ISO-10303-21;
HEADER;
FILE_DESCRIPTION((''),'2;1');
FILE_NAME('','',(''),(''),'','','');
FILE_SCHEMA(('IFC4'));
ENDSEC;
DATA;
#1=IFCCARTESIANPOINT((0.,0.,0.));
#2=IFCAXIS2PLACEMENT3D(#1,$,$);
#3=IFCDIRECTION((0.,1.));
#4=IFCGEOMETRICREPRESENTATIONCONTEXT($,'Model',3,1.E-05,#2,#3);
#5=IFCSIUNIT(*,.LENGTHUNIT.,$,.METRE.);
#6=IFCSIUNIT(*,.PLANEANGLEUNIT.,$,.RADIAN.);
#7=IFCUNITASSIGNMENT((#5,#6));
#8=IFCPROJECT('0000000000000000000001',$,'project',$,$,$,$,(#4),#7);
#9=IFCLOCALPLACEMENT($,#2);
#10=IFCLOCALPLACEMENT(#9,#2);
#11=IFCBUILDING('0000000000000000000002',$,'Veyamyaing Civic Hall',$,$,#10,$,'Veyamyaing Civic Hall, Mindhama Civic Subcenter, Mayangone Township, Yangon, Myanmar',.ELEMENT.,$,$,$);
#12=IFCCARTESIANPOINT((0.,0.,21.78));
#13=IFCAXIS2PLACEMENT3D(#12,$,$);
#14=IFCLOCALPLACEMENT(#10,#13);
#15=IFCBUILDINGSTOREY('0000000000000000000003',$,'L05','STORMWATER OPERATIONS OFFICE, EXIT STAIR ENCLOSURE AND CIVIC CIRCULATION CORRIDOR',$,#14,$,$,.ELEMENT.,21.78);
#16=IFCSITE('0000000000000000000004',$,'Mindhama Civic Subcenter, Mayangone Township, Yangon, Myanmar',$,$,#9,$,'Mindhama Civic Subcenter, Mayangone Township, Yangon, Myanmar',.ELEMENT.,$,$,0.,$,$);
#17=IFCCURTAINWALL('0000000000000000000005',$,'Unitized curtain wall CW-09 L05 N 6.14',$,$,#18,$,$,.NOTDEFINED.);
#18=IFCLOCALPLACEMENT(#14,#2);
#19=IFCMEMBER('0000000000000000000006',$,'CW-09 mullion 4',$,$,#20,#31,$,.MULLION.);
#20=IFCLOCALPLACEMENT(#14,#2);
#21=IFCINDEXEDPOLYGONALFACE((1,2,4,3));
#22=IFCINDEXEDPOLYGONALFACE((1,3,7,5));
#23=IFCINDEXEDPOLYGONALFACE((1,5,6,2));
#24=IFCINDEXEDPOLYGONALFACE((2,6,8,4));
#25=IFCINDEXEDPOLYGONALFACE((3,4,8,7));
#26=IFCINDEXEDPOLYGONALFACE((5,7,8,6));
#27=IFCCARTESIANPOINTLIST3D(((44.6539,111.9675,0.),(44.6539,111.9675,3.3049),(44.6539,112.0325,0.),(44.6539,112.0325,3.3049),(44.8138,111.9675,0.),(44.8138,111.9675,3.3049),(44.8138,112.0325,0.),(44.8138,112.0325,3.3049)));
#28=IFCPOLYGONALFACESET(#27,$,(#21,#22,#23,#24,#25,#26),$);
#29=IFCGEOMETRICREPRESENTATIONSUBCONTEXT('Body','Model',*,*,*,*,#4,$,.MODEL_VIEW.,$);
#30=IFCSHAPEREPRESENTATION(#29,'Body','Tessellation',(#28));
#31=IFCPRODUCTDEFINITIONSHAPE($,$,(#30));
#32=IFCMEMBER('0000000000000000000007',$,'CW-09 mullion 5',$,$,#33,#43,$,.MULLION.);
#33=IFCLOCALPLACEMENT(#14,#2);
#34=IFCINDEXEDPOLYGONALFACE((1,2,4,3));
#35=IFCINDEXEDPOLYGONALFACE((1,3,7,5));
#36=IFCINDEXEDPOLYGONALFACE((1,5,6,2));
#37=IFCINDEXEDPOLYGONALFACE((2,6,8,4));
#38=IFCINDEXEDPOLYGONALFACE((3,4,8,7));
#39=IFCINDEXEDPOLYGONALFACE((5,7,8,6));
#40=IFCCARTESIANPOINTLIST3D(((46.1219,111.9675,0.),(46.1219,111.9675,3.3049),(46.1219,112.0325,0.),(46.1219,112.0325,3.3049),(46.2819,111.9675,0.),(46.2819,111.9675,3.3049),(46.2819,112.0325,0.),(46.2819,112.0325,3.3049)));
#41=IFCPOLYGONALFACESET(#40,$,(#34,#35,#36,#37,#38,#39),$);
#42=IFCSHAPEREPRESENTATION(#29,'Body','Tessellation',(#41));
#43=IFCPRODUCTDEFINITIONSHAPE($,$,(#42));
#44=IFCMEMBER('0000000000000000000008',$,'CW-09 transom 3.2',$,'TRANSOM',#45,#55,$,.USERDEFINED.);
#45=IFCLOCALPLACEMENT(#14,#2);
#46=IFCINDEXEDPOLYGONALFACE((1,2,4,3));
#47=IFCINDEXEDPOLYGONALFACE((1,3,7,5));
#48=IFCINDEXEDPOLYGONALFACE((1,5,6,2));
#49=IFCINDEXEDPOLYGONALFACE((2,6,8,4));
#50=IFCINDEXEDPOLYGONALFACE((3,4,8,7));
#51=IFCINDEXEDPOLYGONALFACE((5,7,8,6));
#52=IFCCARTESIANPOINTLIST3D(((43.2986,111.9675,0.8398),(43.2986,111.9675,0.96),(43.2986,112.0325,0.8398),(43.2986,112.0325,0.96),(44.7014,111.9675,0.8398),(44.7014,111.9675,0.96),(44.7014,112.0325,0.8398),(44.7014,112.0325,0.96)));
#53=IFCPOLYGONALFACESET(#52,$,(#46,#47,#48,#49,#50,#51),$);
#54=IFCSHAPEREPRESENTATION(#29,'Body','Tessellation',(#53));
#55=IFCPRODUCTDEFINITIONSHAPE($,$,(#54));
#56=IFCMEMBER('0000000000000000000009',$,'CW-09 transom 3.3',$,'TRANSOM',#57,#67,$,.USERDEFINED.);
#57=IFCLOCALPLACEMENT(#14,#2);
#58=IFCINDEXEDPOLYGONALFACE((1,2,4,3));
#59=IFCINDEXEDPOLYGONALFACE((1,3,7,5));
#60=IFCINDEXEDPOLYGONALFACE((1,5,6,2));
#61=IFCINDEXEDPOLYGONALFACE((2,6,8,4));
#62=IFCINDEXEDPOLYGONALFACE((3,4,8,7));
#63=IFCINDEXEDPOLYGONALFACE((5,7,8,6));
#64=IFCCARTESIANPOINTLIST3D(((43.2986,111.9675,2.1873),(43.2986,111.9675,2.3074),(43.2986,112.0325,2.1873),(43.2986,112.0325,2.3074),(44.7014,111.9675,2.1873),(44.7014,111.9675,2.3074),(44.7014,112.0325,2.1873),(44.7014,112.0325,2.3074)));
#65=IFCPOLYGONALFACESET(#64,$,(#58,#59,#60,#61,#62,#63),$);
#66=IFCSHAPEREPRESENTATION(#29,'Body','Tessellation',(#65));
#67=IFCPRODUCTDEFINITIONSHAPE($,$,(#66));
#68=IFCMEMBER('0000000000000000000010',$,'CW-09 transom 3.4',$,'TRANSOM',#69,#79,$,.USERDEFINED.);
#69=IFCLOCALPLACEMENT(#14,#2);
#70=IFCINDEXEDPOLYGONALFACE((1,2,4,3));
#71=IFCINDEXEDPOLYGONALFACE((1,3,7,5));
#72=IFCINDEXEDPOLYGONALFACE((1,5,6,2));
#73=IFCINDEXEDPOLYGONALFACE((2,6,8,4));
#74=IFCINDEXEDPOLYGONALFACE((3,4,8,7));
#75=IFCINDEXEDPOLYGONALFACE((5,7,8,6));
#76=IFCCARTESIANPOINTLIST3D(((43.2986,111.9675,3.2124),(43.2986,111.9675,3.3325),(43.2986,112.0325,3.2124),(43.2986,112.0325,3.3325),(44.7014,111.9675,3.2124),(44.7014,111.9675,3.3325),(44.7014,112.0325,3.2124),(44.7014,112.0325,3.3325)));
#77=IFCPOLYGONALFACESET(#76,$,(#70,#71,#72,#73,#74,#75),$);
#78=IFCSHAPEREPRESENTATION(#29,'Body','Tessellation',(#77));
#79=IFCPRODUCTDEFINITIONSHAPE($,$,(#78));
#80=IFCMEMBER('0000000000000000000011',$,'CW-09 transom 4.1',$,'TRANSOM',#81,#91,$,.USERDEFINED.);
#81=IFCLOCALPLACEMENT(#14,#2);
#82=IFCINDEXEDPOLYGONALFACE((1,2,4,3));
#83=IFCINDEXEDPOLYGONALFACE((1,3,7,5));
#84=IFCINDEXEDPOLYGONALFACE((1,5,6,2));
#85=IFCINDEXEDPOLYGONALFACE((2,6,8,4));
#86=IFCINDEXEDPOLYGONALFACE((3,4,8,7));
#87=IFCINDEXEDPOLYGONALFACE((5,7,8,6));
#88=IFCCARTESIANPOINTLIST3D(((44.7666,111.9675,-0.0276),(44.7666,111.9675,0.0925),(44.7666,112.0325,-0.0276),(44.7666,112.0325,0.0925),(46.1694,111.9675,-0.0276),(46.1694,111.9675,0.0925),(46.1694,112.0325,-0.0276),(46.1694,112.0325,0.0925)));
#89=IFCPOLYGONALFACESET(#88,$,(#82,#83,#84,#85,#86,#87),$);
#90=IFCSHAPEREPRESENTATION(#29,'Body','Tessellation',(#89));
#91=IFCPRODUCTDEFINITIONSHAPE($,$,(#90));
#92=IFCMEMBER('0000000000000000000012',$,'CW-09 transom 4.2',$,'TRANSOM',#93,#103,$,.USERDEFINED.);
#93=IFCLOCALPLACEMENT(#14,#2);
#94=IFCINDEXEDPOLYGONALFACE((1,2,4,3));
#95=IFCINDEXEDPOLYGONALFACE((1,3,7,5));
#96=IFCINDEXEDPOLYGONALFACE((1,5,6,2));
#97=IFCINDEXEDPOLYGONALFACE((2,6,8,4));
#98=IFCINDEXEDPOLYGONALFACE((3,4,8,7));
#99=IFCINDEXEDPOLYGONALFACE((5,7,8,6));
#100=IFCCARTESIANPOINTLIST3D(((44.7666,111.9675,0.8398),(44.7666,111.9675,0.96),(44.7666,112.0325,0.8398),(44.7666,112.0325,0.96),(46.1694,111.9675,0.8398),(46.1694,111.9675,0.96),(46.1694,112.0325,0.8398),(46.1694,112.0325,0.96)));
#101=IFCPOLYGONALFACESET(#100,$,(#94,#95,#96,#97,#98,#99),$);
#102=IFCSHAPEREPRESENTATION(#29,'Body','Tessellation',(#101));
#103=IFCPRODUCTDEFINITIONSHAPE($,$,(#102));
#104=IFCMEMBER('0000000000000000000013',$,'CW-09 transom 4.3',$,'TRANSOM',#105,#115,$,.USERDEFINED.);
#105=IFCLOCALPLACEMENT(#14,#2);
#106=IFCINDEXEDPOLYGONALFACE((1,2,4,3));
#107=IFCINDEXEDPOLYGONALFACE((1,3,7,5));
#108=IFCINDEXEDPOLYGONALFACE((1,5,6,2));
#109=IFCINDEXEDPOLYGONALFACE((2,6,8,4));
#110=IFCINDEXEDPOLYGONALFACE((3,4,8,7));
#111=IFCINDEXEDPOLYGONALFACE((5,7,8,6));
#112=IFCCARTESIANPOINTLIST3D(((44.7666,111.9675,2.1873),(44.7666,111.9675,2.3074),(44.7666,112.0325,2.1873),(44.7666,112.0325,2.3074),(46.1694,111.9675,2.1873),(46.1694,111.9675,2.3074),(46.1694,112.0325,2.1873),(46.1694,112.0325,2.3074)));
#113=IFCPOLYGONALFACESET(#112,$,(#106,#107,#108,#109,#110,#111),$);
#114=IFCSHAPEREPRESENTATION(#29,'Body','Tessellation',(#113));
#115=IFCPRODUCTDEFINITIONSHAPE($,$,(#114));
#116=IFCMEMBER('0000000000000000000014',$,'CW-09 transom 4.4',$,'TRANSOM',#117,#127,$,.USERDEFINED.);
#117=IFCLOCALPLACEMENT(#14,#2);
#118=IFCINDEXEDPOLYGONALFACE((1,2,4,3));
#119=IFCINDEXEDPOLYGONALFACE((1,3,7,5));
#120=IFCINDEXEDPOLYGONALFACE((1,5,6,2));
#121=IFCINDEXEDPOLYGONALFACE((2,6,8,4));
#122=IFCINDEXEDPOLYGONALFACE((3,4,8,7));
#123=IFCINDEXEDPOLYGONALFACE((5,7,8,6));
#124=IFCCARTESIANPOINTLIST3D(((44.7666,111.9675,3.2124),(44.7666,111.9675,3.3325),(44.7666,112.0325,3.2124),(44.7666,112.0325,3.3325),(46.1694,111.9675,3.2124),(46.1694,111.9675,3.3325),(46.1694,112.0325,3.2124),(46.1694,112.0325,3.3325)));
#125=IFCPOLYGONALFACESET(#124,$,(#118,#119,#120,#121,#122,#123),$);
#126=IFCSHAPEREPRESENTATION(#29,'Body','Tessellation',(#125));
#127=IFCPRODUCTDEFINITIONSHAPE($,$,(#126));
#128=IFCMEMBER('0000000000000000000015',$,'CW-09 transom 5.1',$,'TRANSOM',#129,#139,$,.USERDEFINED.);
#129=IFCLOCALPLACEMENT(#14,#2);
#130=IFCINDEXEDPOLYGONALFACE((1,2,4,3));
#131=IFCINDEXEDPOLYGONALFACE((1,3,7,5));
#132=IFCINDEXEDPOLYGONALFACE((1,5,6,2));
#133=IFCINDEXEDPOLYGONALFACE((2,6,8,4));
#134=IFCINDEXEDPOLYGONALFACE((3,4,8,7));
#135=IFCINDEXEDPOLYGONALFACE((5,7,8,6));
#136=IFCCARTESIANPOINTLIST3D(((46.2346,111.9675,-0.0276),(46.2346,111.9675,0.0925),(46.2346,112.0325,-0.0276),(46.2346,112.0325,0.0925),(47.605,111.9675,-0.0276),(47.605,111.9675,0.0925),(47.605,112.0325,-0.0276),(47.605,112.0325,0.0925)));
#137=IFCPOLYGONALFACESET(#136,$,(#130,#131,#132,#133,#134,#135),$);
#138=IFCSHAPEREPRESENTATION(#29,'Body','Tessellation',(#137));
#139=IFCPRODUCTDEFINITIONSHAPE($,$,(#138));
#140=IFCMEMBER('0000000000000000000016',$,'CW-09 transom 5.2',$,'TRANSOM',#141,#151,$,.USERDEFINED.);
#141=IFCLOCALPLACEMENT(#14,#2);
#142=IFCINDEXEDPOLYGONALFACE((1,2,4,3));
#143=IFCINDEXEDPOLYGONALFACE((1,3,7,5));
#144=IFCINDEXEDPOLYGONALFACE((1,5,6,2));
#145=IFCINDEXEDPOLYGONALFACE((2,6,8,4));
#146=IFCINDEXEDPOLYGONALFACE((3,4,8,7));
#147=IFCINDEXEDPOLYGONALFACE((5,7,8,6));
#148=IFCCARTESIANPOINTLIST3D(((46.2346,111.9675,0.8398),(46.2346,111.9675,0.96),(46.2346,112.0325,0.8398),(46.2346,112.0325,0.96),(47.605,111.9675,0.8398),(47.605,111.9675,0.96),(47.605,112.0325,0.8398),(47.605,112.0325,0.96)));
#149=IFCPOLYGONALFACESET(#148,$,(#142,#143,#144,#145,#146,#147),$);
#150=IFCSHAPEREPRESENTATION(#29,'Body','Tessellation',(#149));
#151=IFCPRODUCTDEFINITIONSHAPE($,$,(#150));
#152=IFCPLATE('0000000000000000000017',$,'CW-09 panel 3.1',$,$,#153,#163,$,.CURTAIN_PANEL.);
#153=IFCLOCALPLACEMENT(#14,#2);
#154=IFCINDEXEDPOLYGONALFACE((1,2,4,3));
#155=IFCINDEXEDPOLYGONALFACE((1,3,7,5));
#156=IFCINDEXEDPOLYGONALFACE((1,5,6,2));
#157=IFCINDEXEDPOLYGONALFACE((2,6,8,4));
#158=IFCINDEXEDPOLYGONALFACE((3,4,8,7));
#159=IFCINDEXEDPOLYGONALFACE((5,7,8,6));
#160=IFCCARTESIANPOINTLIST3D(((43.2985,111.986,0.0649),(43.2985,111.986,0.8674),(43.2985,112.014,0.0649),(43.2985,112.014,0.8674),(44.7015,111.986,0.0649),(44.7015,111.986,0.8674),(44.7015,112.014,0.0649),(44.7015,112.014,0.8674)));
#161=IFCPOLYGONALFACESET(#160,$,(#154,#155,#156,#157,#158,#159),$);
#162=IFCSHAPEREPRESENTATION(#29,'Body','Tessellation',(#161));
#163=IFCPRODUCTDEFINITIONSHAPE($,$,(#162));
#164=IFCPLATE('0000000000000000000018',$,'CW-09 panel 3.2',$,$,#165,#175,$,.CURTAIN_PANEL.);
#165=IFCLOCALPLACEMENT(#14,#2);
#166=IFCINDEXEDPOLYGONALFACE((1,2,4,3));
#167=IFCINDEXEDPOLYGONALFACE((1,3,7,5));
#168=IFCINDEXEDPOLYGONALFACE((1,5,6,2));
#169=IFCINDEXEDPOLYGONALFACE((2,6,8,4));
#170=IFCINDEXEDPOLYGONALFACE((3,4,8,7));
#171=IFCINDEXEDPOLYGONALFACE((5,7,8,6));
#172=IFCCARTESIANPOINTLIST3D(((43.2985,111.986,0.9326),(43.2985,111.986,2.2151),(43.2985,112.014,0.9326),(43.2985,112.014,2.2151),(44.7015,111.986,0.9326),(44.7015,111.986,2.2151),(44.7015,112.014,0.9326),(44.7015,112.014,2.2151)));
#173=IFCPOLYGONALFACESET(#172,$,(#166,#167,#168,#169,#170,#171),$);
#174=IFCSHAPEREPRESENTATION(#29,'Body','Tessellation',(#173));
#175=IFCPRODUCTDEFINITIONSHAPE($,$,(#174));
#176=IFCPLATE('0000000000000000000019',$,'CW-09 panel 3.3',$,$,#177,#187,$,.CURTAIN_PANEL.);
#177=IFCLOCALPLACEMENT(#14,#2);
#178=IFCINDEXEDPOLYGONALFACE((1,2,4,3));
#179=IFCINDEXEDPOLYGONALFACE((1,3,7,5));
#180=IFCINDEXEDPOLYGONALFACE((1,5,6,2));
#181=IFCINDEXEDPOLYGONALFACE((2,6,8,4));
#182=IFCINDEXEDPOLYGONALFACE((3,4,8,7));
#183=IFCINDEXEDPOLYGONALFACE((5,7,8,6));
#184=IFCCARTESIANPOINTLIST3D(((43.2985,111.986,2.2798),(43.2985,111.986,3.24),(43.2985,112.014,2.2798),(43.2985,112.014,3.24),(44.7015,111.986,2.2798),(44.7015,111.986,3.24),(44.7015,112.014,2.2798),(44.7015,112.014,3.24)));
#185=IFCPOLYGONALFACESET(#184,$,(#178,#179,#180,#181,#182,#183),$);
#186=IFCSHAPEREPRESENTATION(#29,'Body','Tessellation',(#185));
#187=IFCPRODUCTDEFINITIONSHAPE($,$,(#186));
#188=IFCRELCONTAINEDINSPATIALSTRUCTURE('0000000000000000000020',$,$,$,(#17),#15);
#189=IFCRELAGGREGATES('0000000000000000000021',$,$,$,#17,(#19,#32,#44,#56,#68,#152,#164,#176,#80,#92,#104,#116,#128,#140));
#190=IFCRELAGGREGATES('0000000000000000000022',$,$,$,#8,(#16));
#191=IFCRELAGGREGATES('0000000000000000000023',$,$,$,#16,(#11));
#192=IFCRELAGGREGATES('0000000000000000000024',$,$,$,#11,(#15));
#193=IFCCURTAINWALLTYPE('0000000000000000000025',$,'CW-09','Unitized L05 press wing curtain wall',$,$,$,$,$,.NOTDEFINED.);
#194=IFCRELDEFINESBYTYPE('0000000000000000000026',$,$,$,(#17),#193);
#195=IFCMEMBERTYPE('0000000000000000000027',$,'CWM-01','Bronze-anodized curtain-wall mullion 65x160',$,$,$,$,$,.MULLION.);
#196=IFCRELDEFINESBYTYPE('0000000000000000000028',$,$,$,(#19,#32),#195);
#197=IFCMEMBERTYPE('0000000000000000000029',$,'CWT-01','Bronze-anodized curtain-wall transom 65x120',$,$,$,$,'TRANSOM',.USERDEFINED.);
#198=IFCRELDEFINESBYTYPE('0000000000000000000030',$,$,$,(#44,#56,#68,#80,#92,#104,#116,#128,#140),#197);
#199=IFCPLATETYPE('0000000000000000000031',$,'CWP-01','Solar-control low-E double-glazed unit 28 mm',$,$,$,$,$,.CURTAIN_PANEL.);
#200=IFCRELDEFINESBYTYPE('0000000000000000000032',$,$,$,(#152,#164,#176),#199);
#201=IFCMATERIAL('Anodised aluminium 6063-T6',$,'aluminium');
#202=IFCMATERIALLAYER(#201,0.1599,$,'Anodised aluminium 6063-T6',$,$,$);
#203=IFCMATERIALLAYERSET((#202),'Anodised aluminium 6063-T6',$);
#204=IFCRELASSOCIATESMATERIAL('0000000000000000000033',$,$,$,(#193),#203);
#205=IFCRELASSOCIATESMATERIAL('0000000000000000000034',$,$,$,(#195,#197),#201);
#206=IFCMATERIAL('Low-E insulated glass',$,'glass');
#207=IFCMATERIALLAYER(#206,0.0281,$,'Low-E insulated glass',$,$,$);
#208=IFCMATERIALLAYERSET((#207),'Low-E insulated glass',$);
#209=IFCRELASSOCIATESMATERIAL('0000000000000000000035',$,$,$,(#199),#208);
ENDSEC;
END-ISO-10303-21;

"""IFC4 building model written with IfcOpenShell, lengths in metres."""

from ifc_helpers import new_model, si_unit, direction, frame, origin, origin_2d, place, context, subcontext, project, spatial, rectangle, extrude, material, layer, layer_set, material_profile, profile_set, type_object, element, aggregate, save


model = new_model("IFC4")

# Units and contexts
model_context = context("Model", 3, precision=1e-05, world=origin(), true_north=direction((0.0, 1.0)))
body_context = subcontext(model_context, "Body", "Model", "MODEL_VIEW")
ifc_project = project(units=[si_unit("LENGTHUNIT", "METRE"), si_unit("PLANEANGLEUNIT", "RADIAN")], contexts=[model_context])

# Site, building, storey
site_placement = place(None, origin())
site = spatial("IfcSite", under=ifc_project, at=site_placement, Name="Mindhama Civic Subcenter, Mayangone Township, Yangon, Myanmar", LongName="Mindhama Civic Subcenter, Mayangone Township, Yangon, Myanmar", CompositionType="ELEMENT", RefElevation=0.0)
building_placement = place(site_placement, origin())
building = spatial("IfcBuilding", under=site, at=building_placement, Name="Veyamyaing Civic Hall", LongName="Veyamyaing Civic Hall, Mindhama Civic Subcenter, Mayangone Township, Yangon, Myanmar", CompositionType="ELEMENT")
storey_placement = place(building_placement, frame((0.0, 0.0, 21.78)))
storey = spatial("IfcBuildingStorey", under=building, at=storey_placement, Name="L05", Description="STORMWATER OPERATIONS OFFICE, EXIT STAIR ENCLOSURE AND CIVIC CIRCULATION CORRIDOR", CompositionType="ELEMENT", Elevation=21.78)

# Curtain wall, members, plates
ifc_material_1 = material(Name="Anodised aluminium 6063-T6", Category="aluminium")
ifc_layer_1 = layer(ifc_material_1, 0.1599, Name="Anodised aluminium 6063-T6")
ifc_layer_set_1 = layer_set([ifc_layer_1], Name="Anodised aluminium 6063-T6")
curtain_wall_type = type_object("IfcCurtainWallType", Name="CW-09", Description="Unitized L05 press wing curtain wall", PredefinedType="NOTDEFINED", material=ifc_layer_set_1)
curtain_wall_placement = place(storey_placement, origin())
curtain_wall = element("IfcCurtainWall", 1, at=curtain_wall_placement, inside=storey, type_object=curtain_wall_type, Name="Unitized curtain wall CW-09 L05 N 6.14", PredefinedType="NOTDEFINED")
ifc_material_profile_1 = material_profile(ifc_material_1, rectangle(XDim=0.0649, YDim=0.1599, at=origin_2d()), Name="ALU-MUL-65X160")
ifc_profile_set_1 = profile_set([ifc_material_profile_1], Name="Anodised aluminium 6063-T6")
member_type_1 = type_object("IfcMemberType", Name="CWM-01", Description="Bronze-anodized curtain-wall mullion 65x160", PredefinedType="MULLION", material=ifc_profile_set_1)
member_1_placement = place(storey_placement, frame((44.7339, 112.0, 0.0), z_axis=(0.0, 0.0, 1.0), x_axis=(0.0, 1.0, 0.0)))
member_1 = element("IfcMember", 2, at=member_1_placement, type_object=member_type_1, Name="CW-09 mullion 4", PredefinedType="MULLION", context=body_context, shape_type="SweptSolid", body=[
    extrude(rectangle(XDim=0.0649, YDim=0.1599, at=origin_2d()), origin(), (0.0, 0.0, 1.0), 3.3049),
])
member_2_placement = place(storey_placement, frame((46.2019, 112.0, 0.0), z_axis=(0.0, 0.0, 1.0), x_axis=(0.0, 1.0, 0.0)))
member_2 = element("IfcMember", 3, at=member_2_placement, type_object=member_type_1, Name="CW-09 mullion 5", PredefinedType="MULLION", context=body_context, shape_type="SweptSolid", body=[
    extrude(rectangle(XDim=0.0649, YDim=0.1599, at=origin_2d()), origin(), (0.0, 0.0, 1.0), 3.3049),
])
ifc_material_profile_2 = material_profile(ifc_material_1, rectangle(XDim=0.0649, YDim=0.1201, at=origin_2d()), Name="ALU-TRN-65X120")
ifc_profile_set_2 = profile_set([ifc_material_profile_2], Name="Anodised aluminium 6063-T6")
member_type_2 = type_object("IfcMemberType", Name="CWT-01", Description="Bronze-anodized curtain-wall transom 65x120", ElementType="TRANSOM", PredefinedType="USERDEFINED", material=ifc_profile_set_2)
member_3_placement = place(storey_placement, frame((43.2986, 112.0, 0.8999), z_axis=(1.0, 0.0, 0.0), x_axis=(0.0, 1.0, 0.0)))
member_3 = element("IfcMember", 4, at=member_3_placement, type_object=member_type_2, Name="CW-09 transom 3.2", ObjectType="TRANSOM", PredefinedType="USERDEFINED", context=body_context, shape_type="SweptSolid", body=[
    extrude(rectangle(XDim=0.0649, YDim=0.1201, at=origin_2d()), origin(), (0.0, 0.0, 1.0), 1.4028),
])
member_4_placement = place(storey_placement, frame((43.2986, 112.0, 2.2473), z_axis=(1.0, 0.0, 0.0), x_axis=(0.0, 1.0, 0.0)))
member_4 = element("IfcMember", 5, at=member_4_placement, type_object=member_type_2, Name="CW-09 transom 3.3", ObjectType="TRANSOM", PredefinedType="USERDEFINED", context=body_context, shape_type="SweptSolid", body=[
    extrude(rectangle(XDim=0.0649, YDim=0.1201, at=origin_2d()), origin(), (0.0, 0.0, 1.0), 1.4028),
])
member_5_placement = place(storey_placement, frame((43.2986, 112.0, 3.2725), z_axis=(1.0, 0.0, 0.0), x_axis=(0.0, 1.0, 0.0)))
member_5 = element("IfcMember", 6, at=member_5_placement, type_object=member_type_2, Name="CW-09 transom 3.4", ObjectType="TRANSOM", PredefinedType="USERDEFINED", context=body_context, shape_type="SweptSolid", body=[
    extrude(rectangle(XDim=0.0649, YDim=0.1201, at=origin_2d()), origin(), (0.0, 0.0, 1.0), 1.4028),
])
member_6_placement = place(storey_placement, frame((44.7666, 112.0, 0.0325), z_axis=(1.0, 0.0, 0.0), x_axis=(0.0, 1.0, 0.0)))
member_6 = element("IfcMember", 7, at=member_6_placement, type_object=member_type_2, Name="CW-09 transom 4.1", ObjectType="TRANSOM", PredefinedType="USERDEFINED", context=body_context, shape_type="SweptSolid", body=[
    extrude(rectangle(XDim=0.0649, YDim=0.1201, at=origin_2d()), origin(), (0.0, 0.0, 1.0), 1.4028),
])
member_7_placement = place(storey_placement, frame((44.7666, 112.0, 0.8999), z_axis=(1.0, 0.0, 0.0), x_axis=(0.0, 1.0, 0.0)))
member_7 = element("IfcMember", 8, at=member_7_placement, type_object=member_type_2, Name="CW-09 transom 4.2", ObjectType="TRANSOM", PredefinedType="USERDEFINED", context=body_context, shape_type="SweptSolid", body=[
    extrude(rectangle(XDim=0.0649, YDim=0.1201, at=origin_2d()), origin(), (0.0, 0.0, 1.0), 1.4028),
])
member_8_placement = place(storey_placement, frame((44.7666, 112.0, 2.2473), z_axis=(1.0, 0.0, 0.0), x_axis=(0.0, 1.0, 0.0)))
member_8 = element("IfcMember", 9, at=member_8_placement, type_object=member_type_2, Name="CW-09 transom 4.3", ObjectType="TRANSOM", PredefinedType="USERDEFINED", context=body_context, shape_type="SweptSolid", body=[
    extrude(rectangle(XDim=0.0649, YDim=0.1201, at=origin_2d()), origin(), (0.0, 0.0, 1.0), 1.4028),
])
member_9_placement = place(storey_placement, frame((44.7666, 112.0, 3.2725), z_axis=(1.0, 0.0, 0.0), x_axis=(0.0, 1.0, 0.0)))
member_9 = element("IfcMember", 10, at=member_9_placement, type_object=member_type_2, Name="CW-09 transom 4.4", ObjectType="TRANSOM", PredefinedType="USERDEFINED", context=body_context, shape_type="SweptSolid", body=[
    extrude(rectangle(XDim=0.0649, YDim=0.1201, at=origin_2d()), origin(), (0.0, 0.0, 1.0), 1.4028),
])
member_10_placement = place(storey_placement, frame((46.2346, 112.0, 0.0325), z_axis=(1.0, 0.0, 0.0), x_axis=(0.0, 1.0, 0.0)))
member_10 = element("IfcMember", 11, at=member_10_placement, type_object=member_type_2, Name="CW-09 transom 5.1", ObjectType="TRANSOM", PredefinedType="USERDEFINED", context=body_context, shape_type="SweptSolid", body=[
    extrude(rectangle(XDim=0.0649, YDim=0.1201, at=origin_2d()), origin(), (0.0, 0.0, 1.0), 1.3704),
])
member_11_placement = place(storey_placement, frame((46.2346, 112.0, 0.8999), z_axis=(1.0, 0.0, 0.0), x_axis=(0.0, 1.0, 0.0)))
member_11 = element("IfcMember", 12, at=member_11_placement, type_object=member_type_2, Name="CW-09 transom 5.2", ObjectType="TRANSOM", PredefinedType="USERDEFINED", context=body_context, shape_type="SweptSolid", body=[
    extrude(rectangle(XDim=0.0649, YDim=0.1201, at=origin_2d()), origin(), (0.0, 0.0, 1.0), 1.3704),
])
ifc_material_2 = material(Name="Low-E insulated glass", Category="glass")
ifc_layer_2 = layer(ifc_material_2, 0.0281, Name="Low-E insulated glass")
ifc_layer_set_2 = layer_set([ifc_layer_2], Name="Low-E insulated glass")
plate_type = type_object("IfcPlateType", Name="CWP-01", Description="Solar-control low-E double-glazed unit 28 mm", PredefinedType="CURTAIN_PANEL", material=ifc_layer_set_2)
plate_1_placement = place(storey_placement, frame((44.0, 112.0, 0.0649), z_axis=(0.0, 0.0, 1.0), x_axis=(1.0, 0.0, 0.0)))
plate_1 = element("IfcPlate", 13, at=plate_1_placement, type_object=plate_type, Name="CW-09 panel 3.1", PredefinedType="CURTAIN_PANEL", context=body_context, shape_type="SweptSolid", body=[
    extrude(rectangle(XDim=1.4031, YDim=0.0281, at=origin_2d()), origin(), (0.0, 0.0, 1.0), 0.8025),
])
plate_2_placement = place(storey_placement, frame((44.0, 112.0, 0.9326), z_axis=(0.0, 0.0, 1.0), x_axis=(1.0, 0.0, 0.0)))
plate_2 = element("IfcPlate", 14, at=plate_2_placement, type_object=plate_type, Name="CW-09 panel 3.2", PredefinedType="CURTAIN_PANEL", context=body_context, shape_type="SweptSolid", body=[
    extrude(rectangle(XDim=1.4031, YDim=0.0281, at=origin_2d()), origin(), (0.0, 0.0, 1.0), 1.2825),
])
plate_3_placement = place(storey_placement, frame((44.0, 112.0, 2.2798), z_axis=(0.0, 0.0, 1.0), x_axis=(1.0, 0.0, 0.0)))
plate_3 = element("IfcPlate", 15, at=plate_3_placement, type_object=plate_type, Name="CW-09 panel 3.3", PredefinedType="CURTAIN_PANEL", context=body_context, shape_type="SweptSolid", body=[
    extrude(rectangle(XDim=1.4031, YDim=0.0281, at=origin_2d()), origin(), (0.0, 0.0, 1.0), 0.9602),
])
aggregate(curtain_wall, [member_1, member_2, member_3, member_4, member_5, plate_1, plate_2, plate_3, member_6, member_7, member_8, member_9, member_10, member_11])

save(model, "model.ifc")
